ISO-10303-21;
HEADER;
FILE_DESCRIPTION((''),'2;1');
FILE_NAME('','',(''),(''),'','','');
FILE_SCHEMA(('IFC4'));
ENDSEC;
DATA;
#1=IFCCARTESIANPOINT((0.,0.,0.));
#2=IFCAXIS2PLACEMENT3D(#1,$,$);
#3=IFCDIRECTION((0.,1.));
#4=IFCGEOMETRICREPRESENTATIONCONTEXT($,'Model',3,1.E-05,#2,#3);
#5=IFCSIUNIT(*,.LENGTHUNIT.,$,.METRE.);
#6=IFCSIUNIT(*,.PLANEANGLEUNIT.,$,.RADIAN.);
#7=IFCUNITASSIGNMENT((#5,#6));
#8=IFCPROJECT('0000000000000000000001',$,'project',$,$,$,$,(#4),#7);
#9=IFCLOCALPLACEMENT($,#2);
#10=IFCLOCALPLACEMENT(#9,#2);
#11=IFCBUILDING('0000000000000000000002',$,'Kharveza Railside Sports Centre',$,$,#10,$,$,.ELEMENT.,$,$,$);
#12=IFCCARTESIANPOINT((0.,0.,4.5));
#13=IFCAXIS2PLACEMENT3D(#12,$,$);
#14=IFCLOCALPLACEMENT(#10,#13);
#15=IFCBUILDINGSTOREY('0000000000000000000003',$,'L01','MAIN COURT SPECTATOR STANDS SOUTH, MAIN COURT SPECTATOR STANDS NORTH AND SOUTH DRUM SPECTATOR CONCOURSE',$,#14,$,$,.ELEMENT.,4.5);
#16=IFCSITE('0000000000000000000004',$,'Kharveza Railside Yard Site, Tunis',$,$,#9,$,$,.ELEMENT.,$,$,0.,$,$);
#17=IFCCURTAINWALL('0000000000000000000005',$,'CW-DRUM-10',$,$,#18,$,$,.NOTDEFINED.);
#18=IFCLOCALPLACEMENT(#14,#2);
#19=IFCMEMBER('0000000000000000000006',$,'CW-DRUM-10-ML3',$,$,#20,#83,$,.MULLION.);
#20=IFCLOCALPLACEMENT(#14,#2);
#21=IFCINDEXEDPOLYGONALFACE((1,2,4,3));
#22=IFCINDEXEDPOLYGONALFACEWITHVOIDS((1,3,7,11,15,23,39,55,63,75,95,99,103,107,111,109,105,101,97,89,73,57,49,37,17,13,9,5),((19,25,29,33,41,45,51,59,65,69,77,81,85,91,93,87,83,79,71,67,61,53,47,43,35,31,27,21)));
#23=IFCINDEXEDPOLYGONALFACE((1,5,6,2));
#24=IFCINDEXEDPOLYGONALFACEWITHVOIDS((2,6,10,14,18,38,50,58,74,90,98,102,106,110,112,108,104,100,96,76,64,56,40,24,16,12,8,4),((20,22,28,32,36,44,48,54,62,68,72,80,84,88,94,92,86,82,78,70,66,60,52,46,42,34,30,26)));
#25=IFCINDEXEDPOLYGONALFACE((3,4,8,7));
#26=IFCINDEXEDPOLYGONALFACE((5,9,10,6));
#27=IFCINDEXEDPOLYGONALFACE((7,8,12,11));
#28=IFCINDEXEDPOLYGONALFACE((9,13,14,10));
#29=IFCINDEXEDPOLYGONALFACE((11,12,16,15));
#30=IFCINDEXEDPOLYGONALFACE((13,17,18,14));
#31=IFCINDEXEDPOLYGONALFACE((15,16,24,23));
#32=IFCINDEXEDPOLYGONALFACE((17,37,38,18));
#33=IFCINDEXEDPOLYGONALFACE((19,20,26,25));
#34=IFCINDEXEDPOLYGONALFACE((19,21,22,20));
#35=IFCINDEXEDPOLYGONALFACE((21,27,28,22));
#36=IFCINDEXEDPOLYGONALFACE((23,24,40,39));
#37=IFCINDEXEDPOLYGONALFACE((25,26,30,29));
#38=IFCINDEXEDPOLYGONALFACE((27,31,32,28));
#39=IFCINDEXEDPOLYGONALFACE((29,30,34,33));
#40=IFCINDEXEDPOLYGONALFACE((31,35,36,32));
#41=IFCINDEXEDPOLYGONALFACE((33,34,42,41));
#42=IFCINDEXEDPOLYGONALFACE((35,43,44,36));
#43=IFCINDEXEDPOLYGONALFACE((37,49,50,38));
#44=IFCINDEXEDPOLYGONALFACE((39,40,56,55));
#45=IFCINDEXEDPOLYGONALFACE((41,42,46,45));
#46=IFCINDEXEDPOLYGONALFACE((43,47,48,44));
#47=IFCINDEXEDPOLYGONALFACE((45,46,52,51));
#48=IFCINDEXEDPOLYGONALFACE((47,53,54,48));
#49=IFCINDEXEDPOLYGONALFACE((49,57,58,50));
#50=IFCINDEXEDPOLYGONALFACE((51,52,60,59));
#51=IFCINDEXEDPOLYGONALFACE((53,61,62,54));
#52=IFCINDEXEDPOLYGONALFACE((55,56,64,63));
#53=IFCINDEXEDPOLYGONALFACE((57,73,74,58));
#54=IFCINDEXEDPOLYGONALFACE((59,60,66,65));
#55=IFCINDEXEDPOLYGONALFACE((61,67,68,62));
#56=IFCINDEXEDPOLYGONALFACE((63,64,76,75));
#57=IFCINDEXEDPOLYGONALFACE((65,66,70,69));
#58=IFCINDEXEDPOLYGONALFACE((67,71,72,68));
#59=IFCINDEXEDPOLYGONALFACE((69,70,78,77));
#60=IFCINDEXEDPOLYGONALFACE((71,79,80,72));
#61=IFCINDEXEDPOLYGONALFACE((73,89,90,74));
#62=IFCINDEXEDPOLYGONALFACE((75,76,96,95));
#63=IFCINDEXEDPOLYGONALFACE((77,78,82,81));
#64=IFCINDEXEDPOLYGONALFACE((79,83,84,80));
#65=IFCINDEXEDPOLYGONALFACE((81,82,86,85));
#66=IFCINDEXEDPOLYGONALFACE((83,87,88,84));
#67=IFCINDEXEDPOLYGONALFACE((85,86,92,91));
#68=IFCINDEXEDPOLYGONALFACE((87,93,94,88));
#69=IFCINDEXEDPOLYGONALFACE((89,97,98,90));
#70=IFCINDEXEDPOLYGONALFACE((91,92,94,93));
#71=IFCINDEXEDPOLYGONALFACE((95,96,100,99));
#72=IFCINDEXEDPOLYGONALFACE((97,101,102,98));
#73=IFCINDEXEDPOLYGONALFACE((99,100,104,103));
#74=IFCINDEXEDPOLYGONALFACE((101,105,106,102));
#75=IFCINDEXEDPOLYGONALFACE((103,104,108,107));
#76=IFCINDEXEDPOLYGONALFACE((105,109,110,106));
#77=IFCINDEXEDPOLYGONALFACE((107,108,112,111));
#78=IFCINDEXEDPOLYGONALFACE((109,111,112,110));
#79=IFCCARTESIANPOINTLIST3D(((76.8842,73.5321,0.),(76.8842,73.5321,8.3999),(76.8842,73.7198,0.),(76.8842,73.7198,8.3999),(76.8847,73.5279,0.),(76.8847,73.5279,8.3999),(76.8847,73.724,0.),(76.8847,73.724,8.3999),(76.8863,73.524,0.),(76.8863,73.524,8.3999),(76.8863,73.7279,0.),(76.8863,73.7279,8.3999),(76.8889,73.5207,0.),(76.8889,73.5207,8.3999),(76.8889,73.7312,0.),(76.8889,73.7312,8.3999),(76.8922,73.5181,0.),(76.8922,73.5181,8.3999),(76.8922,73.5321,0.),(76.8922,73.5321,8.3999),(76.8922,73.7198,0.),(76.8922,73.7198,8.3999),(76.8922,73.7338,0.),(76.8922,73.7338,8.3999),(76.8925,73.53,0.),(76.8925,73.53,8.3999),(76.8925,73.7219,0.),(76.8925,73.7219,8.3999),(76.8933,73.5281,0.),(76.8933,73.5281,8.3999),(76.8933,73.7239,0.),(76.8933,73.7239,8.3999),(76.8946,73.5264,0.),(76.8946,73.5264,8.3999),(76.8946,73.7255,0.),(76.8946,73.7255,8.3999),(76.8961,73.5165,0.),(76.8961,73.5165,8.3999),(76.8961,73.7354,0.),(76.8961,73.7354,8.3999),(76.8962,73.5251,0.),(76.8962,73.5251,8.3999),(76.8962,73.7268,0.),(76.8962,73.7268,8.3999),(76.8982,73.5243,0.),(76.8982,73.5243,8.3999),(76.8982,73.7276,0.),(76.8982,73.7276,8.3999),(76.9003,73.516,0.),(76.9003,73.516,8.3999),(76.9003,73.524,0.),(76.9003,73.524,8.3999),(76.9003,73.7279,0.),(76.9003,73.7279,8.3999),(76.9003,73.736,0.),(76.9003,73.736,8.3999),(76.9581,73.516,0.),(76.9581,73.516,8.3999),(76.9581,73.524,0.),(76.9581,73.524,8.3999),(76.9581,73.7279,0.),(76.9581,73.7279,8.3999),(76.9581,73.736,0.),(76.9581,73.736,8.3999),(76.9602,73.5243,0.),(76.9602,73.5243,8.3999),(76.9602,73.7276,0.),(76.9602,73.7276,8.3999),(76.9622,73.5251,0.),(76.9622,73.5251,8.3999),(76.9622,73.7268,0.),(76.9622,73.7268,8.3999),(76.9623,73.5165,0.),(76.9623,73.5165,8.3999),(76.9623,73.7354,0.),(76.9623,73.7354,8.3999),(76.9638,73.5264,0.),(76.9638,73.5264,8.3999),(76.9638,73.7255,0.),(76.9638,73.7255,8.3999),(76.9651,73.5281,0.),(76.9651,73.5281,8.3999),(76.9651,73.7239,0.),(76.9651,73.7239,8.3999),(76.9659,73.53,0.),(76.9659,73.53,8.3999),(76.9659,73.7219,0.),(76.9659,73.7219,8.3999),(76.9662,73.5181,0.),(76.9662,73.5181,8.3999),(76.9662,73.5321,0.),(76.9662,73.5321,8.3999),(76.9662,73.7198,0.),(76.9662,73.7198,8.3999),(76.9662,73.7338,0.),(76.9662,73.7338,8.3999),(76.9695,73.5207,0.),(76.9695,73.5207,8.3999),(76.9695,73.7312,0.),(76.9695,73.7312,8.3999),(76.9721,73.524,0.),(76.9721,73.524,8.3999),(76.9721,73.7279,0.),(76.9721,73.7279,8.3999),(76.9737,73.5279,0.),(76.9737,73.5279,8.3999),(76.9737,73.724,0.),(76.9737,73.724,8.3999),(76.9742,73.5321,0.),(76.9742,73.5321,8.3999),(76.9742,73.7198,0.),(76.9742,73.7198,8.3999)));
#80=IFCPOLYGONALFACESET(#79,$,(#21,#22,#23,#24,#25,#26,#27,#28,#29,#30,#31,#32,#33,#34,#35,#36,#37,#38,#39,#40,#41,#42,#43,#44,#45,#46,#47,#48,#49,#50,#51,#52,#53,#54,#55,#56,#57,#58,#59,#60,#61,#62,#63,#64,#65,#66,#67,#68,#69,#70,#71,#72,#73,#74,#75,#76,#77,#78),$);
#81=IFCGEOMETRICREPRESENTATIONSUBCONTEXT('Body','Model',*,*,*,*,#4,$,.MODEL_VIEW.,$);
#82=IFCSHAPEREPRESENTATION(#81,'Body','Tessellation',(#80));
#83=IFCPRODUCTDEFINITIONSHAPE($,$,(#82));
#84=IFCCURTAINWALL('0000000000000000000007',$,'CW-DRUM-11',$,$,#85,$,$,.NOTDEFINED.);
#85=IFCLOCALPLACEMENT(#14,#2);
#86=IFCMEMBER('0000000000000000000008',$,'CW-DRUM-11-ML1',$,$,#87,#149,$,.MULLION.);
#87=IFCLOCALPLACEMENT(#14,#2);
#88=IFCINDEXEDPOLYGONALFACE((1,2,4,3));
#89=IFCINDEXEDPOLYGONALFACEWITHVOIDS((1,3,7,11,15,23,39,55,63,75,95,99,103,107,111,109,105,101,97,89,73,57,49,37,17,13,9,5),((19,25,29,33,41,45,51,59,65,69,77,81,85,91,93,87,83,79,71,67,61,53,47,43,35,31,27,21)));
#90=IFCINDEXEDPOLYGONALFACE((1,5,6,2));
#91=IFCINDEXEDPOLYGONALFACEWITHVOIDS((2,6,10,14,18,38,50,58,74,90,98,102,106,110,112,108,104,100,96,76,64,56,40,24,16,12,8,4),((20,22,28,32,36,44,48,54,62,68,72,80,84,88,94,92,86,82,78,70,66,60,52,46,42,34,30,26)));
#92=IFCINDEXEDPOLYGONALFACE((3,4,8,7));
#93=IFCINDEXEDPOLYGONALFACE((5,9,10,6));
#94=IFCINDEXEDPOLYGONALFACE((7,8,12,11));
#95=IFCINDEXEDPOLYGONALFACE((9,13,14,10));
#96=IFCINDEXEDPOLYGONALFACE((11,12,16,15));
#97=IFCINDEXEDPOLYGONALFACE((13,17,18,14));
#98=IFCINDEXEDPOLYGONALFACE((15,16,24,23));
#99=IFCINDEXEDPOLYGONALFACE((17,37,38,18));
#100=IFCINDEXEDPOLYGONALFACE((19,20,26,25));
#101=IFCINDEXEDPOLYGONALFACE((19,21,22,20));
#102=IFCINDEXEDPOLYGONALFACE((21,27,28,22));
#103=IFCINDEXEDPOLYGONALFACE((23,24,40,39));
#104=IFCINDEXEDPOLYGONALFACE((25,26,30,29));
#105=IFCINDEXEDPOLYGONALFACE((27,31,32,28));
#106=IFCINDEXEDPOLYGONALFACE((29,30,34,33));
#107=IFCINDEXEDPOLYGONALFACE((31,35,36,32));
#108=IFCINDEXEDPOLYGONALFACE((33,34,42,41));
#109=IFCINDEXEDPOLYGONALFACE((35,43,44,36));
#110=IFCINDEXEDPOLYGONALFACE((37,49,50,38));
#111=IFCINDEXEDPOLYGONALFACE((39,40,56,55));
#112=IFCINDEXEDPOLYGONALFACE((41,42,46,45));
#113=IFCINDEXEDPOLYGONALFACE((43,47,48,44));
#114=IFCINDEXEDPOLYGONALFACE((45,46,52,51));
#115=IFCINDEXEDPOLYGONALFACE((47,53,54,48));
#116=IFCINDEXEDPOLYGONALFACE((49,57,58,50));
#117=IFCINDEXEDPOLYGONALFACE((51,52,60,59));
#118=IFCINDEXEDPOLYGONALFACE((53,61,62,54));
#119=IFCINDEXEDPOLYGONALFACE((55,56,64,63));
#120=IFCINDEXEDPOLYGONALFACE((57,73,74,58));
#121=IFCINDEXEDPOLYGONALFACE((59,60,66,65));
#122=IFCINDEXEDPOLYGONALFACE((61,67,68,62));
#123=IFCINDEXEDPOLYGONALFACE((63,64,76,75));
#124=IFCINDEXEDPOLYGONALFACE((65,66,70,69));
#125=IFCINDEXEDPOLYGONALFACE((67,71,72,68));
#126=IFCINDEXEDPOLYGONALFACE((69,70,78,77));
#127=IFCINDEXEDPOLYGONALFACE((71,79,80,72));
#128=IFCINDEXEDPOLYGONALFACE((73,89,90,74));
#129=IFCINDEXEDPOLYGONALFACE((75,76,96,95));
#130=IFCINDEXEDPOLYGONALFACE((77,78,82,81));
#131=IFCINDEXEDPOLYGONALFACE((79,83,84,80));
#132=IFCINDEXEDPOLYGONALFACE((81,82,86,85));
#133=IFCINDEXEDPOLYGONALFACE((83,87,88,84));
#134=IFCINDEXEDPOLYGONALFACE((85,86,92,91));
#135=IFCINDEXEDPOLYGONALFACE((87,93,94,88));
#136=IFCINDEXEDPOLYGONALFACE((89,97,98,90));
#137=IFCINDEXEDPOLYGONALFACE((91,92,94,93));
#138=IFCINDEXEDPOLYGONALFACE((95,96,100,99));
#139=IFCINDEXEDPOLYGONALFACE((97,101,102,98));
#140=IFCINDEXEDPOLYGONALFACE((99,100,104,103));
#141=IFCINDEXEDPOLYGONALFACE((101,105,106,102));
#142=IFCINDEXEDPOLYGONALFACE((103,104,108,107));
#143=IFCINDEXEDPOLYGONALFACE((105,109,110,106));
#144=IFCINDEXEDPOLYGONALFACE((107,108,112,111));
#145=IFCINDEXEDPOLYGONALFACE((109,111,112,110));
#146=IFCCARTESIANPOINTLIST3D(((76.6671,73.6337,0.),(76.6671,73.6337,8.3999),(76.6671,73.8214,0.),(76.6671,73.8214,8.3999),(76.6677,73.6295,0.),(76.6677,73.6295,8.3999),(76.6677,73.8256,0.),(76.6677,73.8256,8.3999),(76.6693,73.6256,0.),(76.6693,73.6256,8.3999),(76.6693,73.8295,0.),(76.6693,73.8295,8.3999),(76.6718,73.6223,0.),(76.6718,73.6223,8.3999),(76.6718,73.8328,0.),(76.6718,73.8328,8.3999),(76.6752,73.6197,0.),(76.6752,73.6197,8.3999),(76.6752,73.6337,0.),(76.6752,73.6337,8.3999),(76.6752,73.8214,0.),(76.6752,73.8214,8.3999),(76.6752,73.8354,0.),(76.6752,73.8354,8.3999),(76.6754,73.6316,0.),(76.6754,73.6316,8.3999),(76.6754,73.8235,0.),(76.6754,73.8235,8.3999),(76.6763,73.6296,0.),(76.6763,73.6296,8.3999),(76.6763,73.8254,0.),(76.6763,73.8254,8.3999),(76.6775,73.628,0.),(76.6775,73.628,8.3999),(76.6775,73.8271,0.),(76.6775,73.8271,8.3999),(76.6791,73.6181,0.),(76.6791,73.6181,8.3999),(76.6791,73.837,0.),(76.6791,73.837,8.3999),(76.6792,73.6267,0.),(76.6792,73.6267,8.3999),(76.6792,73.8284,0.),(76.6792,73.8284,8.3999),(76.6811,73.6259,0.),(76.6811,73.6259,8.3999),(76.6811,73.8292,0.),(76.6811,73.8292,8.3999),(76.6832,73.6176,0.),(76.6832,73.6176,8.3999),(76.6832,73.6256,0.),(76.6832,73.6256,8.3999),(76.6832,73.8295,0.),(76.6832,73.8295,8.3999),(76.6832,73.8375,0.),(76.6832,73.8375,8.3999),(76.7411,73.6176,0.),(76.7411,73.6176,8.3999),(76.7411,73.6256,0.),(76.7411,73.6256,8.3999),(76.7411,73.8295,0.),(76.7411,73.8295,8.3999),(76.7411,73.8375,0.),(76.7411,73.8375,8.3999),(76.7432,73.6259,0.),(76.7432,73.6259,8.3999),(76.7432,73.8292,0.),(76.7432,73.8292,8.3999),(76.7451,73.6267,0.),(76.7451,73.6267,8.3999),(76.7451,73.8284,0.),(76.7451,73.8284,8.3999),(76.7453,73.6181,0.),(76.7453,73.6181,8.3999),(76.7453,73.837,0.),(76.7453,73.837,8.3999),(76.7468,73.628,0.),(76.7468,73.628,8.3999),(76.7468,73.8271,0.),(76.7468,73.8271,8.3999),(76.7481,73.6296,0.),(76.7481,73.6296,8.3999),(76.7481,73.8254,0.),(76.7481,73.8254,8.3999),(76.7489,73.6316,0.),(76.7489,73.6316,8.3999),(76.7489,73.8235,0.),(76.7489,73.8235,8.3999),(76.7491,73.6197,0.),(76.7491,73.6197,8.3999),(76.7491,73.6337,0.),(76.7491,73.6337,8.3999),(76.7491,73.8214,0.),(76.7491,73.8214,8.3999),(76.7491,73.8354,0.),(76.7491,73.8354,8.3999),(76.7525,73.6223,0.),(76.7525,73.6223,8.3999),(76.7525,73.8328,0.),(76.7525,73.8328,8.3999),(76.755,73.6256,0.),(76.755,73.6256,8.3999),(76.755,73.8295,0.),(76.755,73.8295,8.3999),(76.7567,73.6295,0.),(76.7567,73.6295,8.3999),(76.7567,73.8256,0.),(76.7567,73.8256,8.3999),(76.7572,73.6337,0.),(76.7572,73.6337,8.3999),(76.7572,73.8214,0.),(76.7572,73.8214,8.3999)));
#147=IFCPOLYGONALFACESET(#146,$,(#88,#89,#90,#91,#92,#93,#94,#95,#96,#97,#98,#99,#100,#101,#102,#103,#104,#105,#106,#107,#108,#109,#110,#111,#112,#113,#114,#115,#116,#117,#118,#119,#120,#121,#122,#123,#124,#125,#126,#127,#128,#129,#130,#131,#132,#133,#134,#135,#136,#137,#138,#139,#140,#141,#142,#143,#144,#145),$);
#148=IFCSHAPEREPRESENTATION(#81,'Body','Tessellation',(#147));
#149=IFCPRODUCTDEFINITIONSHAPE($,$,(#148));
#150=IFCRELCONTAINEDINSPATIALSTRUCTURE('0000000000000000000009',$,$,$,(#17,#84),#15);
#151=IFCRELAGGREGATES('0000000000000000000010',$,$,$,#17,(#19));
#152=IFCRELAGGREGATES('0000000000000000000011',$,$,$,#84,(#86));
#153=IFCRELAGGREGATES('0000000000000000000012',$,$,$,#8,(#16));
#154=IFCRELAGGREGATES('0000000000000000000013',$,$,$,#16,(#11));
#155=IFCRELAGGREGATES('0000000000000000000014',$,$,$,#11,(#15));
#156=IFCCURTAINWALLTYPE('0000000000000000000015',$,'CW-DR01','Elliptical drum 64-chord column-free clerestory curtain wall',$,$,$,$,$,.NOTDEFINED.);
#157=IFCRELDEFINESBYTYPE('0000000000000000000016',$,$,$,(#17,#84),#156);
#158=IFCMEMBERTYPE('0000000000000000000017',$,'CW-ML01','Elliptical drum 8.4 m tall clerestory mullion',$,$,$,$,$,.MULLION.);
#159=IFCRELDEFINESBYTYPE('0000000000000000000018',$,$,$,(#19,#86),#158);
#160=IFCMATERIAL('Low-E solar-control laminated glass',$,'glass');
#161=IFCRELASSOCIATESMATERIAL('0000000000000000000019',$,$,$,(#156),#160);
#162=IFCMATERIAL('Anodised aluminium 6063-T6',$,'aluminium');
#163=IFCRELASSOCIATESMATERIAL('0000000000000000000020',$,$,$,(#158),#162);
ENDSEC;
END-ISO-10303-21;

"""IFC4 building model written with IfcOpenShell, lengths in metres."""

from ifc_helpers import new_model, si_unit, direction, frame, origin, origin_2d, place, context, subcontext, project, spatial, hollow_rectangle, extrude, material, material_profile, profile_set, type_object, element, aggregate, save


model = new_model("IFC4")

# Units and contexts
model_context = context("Model", 3, precision=1e-05, world=origin(), true_north=direction((0.0, 1.0)))
body_context = subcontext(model_context, "Body", "Model", "MODEL_VIEW")
ifc_project = project(units=[si_unit("LENGTHUNIT", "METRE"), si_unit("PLANEANGLEUNIT", "RADIAN")], contexts=[model_context])

# Site, building, storey
site_placement = place(None, origin())
site = spatial("IfcSite", under=ifc_project, at=site_placement, Name="Kharveza Railside Yard Site, Tunis", CompositionType="ELEMENT", RefElevation=0.0)
building_placement = place(site_placement, origin())
building = spatial("IfcBuilding", under=site, at=building_placement, Name="Kharveza Railside Sports Centre", CompositionType="ELEMENT")
storey_placement = place(building_placement, frame((0.0, 0.0, 4.5)))
storey = spatial("IfcBuildingStorey", under=building, at=storey_placement, Name="L01", Description="MAIN COURT SPECTATOR STANDS SOUTH, MAIN COURT SPECTATOR STANDS NORTH AND SOUTH DRUM SPECTATOR CONCOURSE", CompositionType="ELEMENT", Elevation=4.5)

# Curtain wall, member
ifc_material_1 = material(Name="Low-E solar-control laminated glass", Category="glass")
curtain_wall_type = type_object("IfcCurtainWallType", Name="CW-DR01", Description="Elliptical drum 64-chord column-free clerestory curtain wall", PredefinedType="NOTDEFINED", material=ifc_material_1)
ifc_material_2 = material(Name="Anodised aluminium 6063-T6", Category="aluminium")
ifc_material_profile_1 = material_profile(ifc_material_2, hollow_rectangle(XDim=0.0901, YDim=0.22, WallThickness=0.0081, InnerFilletRadius=0.0081, OuterFilletRadius=0.0161, at=origin_2d()), Name="RHS 90x220x8.0")
ifc_profile_set_1 = profile_set([ifc_material_profile_1], Name="Anodised aluminium 6063-T6")
member_type_1 = type_object("IfcMemberType", Name="CW-ML01", Description="Elliptical drum 8.4 m tall clerestory mullion", PredefinedType="MULLION", material=ifc_profile_set_1)
curtain_wall_1_placement = place(storey_placement, origin())
curtain_wall_1 = element("IfcCurtainWall", 1, at=curtain_wall_1_placement, inside=storey, type_object=curtain_wall_type, Name="CW-DRUM-10", PredefinedType="NOTDEFINED")
member_1_placement = place(storey_placement, frame((76.9292, 73.626, 0.0), z_axis=(0.0, 0.0, 1.0), x_axis=(1.0, 0.0, 0.0)))
member_1 = element("IfcMember", 2, at=member_1_placement, type_object=member_type_1, Name="CW-DRUM-10-ML3", PredefinedType="MULLION", context=body_context, shape_type="SweptSolid", body=[
    extrude(hollow_rectangle(XDim=0.0901, YDim=0.22, WallThickness=0.0081, InnerFilletRadius=0.0081, OuterFilletRadius=0.0161, at=origin_2d()), origin(), (0.0, 0.0, 1.0), 8.3999),
])

# Curtain wall, member
curtain_wall_2_placement = place(storey_placement, origin())
curtain_wall_2 = element("IfcCurtainWall", 3, at=curtain_wall_2_placement, inside=storey, type_object=curtain_wall_type, Name="CW-DRUM-11", PredefinedType="NOTDEFINED")
member_2_placement = place(storey_placement, frame((76.7122, 73.7275, 0.0), z_axis=(0.0, 0.0, 1.0), x_axis=(1.0, 0.0, 0.0)))
member_2 = element("IfcMember", 4, at=member_2_placement, type_object=member_type_1, Name="CW-DRUM-11-ML1", PredefinedType="MULLION", context=body_context, shape_type="SweptSolid", body=[
    extrude(hollow_rectangle(XDim=0.0901, YDim=0.22, WallThickness=0.0081, InnerFilletRadius=0.0081, OuterFilletRadius=0.0161, at=origin_2d()), origin(), (0.0, 0.0, 1.0), 8.3999),
])

aggregate(curtain_wall_1, [member_1])
aggregate(curtain_wall_2, [member_2])

save(model, "model.ifc")
